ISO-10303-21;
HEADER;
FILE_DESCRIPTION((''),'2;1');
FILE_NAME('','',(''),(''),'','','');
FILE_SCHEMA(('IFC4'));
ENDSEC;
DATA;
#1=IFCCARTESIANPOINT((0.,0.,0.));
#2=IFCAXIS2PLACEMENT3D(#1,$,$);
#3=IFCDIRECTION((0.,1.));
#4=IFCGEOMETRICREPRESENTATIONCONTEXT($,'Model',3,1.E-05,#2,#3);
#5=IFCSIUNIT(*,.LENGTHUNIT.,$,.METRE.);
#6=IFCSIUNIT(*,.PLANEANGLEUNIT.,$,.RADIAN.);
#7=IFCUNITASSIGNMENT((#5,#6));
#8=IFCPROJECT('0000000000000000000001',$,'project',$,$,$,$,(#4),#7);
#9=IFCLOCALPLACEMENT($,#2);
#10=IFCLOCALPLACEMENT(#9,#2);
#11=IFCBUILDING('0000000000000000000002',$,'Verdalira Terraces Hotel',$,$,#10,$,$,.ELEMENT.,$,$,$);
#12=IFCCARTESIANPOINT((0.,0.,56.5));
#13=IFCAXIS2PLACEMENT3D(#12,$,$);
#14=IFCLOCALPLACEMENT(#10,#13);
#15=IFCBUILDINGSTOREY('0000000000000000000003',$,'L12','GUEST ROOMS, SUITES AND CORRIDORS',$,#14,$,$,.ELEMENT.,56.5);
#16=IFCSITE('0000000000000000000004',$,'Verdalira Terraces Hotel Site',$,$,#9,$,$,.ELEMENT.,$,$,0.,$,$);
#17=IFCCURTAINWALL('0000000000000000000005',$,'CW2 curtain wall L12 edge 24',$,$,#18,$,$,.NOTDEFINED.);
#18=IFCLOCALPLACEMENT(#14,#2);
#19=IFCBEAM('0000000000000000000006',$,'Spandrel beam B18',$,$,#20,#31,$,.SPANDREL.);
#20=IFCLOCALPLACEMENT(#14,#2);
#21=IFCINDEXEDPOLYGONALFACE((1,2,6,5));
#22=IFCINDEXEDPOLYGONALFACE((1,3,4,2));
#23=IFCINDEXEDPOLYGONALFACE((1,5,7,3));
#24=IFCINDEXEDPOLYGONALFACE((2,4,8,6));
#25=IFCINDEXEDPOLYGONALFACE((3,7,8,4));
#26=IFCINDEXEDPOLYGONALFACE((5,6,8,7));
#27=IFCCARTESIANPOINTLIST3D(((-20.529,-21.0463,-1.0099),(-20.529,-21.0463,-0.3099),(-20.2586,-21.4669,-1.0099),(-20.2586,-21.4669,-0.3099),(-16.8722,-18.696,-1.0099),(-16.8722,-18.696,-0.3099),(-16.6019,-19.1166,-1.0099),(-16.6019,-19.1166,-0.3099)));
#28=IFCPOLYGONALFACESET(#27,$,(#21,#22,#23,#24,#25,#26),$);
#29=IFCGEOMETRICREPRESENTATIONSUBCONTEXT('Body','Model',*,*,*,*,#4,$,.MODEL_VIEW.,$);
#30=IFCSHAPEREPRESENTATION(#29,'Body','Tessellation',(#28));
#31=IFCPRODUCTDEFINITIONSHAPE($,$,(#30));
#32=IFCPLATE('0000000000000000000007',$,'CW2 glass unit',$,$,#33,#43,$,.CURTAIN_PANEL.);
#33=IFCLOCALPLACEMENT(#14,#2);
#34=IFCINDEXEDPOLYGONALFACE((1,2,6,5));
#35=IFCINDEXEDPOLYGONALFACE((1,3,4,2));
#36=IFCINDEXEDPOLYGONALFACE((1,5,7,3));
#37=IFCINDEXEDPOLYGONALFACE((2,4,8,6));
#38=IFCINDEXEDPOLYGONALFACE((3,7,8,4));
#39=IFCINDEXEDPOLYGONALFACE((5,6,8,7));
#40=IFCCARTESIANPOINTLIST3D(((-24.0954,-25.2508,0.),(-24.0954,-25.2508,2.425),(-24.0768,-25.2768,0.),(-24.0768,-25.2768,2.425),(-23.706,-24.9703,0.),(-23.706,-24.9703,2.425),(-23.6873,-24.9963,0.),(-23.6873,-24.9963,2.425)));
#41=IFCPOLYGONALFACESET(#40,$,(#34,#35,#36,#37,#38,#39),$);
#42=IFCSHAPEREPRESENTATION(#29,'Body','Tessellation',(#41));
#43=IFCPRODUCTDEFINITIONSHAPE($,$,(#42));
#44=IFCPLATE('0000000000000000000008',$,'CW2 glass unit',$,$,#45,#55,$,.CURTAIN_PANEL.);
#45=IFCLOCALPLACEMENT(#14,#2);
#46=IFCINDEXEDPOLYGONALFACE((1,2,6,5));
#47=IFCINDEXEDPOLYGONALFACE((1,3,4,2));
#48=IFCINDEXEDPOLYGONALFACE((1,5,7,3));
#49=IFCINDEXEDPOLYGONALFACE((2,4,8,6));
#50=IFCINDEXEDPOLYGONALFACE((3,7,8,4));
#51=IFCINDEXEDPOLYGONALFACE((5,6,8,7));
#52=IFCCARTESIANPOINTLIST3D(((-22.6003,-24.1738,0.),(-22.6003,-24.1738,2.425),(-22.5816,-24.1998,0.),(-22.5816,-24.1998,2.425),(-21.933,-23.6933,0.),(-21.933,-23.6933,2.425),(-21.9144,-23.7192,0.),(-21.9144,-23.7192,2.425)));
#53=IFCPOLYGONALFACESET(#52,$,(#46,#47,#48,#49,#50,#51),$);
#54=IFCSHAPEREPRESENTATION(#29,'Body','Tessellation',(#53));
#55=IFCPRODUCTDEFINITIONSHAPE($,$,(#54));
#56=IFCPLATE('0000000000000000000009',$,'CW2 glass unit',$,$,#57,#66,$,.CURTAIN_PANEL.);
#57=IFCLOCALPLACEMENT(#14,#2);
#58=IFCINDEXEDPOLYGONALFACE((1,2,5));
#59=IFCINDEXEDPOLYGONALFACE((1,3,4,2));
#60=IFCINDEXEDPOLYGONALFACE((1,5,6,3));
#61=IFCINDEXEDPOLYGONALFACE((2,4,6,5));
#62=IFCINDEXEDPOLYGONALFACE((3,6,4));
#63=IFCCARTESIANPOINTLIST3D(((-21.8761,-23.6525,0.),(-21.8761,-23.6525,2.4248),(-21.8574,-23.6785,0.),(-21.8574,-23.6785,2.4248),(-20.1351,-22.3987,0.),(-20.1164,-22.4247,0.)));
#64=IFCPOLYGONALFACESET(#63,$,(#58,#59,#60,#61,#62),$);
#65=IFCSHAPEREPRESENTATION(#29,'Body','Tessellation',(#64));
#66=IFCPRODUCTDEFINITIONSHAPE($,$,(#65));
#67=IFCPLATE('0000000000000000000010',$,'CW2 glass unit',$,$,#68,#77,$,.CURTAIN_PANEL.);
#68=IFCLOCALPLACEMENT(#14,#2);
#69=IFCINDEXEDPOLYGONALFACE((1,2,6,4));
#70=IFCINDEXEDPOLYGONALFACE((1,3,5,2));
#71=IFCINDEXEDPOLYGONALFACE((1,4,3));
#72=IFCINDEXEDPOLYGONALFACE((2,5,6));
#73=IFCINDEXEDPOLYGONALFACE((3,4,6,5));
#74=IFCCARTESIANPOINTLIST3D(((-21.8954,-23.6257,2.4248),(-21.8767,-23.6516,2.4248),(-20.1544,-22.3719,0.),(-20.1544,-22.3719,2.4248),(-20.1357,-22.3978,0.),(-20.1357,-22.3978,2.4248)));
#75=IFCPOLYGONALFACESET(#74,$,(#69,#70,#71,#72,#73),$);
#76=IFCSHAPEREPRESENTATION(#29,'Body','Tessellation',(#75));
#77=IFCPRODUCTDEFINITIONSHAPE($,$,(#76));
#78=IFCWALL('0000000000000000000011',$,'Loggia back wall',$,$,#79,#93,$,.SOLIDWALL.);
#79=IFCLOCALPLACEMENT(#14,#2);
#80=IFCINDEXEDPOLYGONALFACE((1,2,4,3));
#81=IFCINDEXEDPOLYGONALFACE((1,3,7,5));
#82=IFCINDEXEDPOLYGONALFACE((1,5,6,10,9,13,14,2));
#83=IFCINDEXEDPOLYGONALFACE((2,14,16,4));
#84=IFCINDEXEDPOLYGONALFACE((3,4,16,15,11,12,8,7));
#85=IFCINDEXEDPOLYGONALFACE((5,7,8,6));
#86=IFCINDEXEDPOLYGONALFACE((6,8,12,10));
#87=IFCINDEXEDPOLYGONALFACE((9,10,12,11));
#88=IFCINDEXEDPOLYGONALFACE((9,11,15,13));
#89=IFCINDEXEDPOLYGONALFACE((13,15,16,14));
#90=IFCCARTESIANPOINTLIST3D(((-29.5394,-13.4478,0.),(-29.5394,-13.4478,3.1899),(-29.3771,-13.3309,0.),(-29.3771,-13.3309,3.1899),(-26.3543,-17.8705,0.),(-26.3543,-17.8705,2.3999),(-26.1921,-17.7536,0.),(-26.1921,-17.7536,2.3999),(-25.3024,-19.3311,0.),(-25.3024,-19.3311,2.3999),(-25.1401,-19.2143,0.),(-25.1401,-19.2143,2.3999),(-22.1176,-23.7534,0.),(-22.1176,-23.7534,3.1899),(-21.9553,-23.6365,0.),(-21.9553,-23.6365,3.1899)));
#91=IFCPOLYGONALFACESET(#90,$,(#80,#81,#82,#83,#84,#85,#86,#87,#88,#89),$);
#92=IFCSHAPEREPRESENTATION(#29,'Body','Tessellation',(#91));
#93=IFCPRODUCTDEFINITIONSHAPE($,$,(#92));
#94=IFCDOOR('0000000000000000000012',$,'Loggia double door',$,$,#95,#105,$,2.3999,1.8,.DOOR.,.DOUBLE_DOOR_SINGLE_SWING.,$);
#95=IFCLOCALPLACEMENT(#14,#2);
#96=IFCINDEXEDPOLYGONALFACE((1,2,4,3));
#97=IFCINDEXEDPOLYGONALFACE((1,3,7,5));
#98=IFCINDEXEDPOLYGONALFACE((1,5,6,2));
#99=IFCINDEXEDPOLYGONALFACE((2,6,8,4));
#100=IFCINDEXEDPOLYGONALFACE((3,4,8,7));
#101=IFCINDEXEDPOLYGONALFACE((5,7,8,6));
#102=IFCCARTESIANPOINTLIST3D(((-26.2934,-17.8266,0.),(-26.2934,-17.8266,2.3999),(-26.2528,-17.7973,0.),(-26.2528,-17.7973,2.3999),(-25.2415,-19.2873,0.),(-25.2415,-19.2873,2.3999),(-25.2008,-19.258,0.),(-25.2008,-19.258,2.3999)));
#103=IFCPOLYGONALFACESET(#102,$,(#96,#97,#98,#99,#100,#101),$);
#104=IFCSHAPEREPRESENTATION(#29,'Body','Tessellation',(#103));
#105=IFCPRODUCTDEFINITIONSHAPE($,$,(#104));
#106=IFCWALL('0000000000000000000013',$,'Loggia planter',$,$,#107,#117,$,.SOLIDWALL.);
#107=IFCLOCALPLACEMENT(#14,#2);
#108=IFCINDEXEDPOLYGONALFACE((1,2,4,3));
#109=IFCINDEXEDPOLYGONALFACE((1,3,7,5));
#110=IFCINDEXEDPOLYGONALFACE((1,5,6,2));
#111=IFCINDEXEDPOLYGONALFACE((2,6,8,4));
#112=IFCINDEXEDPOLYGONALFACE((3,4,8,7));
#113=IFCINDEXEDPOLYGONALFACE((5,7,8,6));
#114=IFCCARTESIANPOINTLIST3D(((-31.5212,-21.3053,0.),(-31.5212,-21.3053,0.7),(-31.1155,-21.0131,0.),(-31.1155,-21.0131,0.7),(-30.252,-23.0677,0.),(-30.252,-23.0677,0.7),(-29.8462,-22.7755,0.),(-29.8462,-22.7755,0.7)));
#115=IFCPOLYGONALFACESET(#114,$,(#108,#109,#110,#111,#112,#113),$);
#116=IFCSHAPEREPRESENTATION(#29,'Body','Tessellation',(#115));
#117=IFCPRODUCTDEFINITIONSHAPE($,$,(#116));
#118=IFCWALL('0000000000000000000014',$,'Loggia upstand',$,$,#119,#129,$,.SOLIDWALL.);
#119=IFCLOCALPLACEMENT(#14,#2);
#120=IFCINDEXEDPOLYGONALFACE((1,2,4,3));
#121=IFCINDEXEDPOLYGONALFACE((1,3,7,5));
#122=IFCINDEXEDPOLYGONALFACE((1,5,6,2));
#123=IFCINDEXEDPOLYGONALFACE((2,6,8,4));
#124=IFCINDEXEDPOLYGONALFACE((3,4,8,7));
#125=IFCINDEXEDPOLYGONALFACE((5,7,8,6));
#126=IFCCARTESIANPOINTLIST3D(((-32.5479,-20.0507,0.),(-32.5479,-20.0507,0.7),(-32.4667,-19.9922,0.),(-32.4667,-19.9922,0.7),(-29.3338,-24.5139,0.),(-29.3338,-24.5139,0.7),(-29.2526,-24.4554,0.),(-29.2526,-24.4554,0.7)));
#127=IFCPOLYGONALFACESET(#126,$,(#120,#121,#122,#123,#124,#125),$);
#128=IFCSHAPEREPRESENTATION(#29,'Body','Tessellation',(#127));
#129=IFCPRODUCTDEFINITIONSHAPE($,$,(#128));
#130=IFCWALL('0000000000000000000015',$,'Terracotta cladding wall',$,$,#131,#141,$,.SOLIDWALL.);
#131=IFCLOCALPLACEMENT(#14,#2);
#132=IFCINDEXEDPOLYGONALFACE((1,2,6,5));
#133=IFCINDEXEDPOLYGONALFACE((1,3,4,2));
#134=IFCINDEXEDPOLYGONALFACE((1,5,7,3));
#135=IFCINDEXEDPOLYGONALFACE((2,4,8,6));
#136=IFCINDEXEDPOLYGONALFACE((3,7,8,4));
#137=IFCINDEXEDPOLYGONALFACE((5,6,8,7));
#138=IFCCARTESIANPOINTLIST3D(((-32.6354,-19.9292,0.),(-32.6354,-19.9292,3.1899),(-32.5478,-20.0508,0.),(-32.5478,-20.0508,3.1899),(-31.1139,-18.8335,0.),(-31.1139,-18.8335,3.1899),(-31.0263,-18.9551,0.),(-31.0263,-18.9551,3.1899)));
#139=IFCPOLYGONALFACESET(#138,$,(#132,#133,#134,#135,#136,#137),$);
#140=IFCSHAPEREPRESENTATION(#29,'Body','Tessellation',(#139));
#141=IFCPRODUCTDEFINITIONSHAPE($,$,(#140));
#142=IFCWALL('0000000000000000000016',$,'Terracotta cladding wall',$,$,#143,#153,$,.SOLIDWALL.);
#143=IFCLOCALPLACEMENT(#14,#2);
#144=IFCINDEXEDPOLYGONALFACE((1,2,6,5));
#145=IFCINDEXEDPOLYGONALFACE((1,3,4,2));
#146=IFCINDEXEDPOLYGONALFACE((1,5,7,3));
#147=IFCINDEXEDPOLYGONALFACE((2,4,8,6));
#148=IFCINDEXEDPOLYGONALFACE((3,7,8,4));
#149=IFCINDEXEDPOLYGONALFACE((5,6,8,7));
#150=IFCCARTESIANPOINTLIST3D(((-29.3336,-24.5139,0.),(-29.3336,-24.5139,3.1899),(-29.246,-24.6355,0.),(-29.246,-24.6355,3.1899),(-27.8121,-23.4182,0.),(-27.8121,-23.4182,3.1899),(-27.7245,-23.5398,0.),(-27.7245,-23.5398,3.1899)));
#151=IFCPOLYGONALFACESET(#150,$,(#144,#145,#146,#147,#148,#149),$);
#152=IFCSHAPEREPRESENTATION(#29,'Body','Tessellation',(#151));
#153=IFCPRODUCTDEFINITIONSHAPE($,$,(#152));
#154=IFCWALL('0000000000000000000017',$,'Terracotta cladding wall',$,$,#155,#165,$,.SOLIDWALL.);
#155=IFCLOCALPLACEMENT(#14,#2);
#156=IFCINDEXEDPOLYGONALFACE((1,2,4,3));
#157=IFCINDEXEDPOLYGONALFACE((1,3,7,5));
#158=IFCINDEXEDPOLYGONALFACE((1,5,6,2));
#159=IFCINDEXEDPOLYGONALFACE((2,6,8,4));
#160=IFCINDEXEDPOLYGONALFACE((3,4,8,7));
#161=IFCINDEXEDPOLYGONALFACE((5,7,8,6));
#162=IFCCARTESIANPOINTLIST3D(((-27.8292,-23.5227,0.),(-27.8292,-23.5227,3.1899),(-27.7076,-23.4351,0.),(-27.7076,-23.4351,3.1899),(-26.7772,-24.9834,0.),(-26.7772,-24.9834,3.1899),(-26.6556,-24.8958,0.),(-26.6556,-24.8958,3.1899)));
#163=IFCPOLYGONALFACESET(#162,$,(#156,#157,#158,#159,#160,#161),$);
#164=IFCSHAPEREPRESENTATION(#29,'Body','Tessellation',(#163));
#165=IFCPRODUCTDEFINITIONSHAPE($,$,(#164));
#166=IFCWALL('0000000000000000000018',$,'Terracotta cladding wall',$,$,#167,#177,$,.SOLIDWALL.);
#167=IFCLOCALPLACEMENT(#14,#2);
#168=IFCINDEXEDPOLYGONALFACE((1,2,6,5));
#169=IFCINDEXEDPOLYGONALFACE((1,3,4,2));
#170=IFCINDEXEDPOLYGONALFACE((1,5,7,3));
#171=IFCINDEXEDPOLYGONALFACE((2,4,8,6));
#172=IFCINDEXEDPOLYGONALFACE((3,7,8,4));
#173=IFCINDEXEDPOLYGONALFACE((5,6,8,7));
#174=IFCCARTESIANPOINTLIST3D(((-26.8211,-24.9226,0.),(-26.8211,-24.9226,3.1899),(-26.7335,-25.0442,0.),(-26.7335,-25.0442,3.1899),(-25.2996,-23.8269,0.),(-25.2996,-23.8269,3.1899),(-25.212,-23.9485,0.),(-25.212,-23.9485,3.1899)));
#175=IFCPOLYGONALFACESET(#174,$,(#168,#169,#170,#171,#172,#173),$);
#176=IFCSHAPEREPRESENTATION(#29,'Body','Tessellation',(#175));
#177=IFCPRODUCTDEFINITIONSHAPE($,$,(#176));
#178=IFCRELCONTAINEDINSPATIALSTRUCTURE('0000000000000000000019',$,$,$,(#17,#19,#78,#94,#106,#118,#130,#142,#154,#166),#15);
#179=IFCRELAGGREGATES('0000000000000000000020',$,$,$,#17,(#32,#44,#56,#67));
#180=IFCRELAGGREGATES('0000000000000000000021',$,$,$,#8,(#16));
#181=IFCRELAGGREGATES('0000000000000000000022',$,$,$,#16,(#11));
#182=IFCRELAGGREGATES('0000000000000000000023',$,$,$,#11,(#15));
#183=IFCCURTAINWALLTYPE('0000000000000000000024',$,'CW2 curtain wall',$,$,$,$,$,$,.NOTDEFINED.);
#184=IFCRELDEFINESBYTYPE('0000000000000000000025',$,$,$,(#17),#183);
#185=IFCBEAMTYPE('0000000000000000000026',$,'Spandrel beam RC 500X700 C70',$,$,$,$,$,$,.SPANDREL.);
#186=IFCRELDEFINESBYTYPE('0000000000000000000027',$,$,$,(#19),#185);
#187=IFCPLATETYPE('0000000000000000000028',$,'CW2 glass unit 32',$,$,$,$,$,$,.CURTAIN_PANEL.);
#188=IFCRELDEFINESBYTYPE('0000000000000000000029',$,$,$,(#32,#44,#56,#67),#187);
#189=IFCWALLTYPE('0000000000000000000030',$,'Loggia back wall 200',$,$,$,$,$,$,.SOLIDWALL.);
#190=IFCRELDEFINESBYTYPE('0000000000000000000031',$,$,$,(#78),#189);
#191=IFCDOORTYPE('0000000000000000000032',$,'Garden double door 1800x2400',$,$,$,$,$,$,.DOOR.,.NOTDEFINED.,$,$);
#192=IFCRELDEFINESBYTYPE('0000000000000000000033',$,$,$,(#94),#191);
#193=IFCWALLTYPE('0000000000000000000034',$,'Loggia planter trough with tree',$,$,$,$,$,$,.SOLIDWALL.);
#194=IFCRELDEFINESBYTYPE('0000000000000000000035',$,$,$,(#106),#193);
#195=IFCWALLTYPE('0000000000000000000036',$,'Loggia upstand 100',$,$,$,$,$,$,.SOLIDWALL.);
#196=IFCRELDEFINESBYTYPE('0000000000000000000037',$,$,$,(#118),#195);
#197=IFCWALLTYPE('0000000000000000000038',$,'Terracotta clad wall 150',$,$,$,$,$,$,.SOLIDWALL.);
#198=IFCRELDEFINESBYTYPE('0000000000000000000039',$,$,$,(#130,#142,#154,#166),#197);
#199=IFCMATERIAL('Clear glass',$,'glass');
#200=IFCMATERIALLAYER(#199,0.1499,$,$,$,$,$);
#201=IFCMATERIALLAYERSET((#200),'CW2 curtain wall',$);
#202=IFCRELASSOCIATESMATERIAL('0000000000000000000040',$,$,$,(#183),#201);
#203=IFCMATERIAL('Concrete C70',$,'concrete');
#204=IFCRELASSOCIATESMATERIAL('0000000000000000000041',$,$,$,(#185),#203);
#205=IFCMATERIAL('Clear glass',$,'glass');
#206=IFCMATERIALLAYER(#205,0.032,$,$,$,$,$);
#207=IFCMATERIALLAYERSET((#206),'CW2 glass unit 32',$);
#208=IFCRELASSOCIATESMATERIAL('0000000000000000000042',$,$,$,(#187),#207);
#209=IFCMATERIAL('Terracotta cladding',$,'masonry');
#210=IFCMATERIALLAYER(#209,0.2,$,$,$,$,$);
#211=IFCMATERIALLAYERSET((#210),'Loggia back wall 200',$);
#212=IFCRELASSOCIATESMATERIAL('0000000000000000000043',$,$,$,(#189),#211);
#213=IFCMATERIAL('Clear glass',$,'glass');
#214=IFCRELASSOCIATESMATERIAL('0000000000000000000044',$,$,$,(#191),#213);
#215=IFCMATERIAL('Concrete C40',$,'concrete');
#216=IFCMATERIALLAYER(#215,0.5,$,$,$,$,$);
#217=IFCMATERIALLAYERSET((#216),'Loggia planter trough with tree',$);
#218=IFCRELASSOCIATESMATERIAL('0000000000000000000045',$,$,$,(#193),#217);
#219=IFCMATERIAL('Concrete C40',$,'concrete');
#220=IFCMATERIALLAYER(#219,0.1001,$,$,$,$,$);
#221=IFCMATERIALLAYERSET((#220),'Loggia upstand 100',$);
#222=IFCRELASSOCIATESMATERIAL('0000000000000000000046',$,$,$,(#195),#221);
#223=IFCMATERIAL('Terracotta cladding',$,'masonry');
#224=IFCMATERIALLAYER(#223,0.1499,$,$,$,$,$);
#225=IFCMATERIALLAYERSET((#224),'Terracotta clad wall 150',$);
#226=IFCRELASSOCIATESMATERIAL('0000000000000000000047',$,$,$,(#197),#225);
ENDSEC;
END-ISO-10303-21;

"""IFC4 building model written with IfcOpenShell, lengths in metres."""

from ifc_helpers import new_model, si_unit, direction, frame, frame_2d, origin, origin_2d, place, context, subcontext, project, spatial, polyline, rectangle, outline, extrude, material, layer, layer_set, material_profile, profile_set, type_object, element, fill, aggregate, save


model = new_model("IFC4")

# Units and contexts
model_context = context("Model", 3, precision=1e-05, world=origin(), true_north=direction((0.0, 1.0)))
body_context = subcontext(model_context, "Body", "Model", "MODEL_VIEW")
ifc_project = project(units=[si_unit("LENGTHUNIT", "METRE"), si_unit("PLANEANGLEUNIT", "RADIAN")], contexts=[model_context])

# Site, building, storey
site_placement = place(None, origin())
site = spatial("IfcSite", under=ifc_project, at=site_placement, Name="Verdalira Terraces Hotel Site", CompositionType="ELEMENT", RefElevation=0.0)
building_placement = place(site_placement, origin())
building = spatial("IfcBuilding", under=site, at=building_placement, Name="Verdalira Terraces Hotel", CompositionType="ELEMENT")
storey_placement = place(building_placement, frame((0.0, 0.0, 56.5)))
storey = spatial("IfcBuildingStorey", under=building, at=storey_placement, Name="L12", Description="GUEST ROOMS, SUITES AND CORRIDORS", CompositionType="ELEMENT", Elevation=56.5)

# Curtain wall
ifc_material_1 = material(Name="Clear glass", Category="glass")
ifc_layer_1 = layer(ifc_material_1, 0.1499)
ifc_layer_set_1 = layer_set([ifc_layer_1], Name="CW2 curtain wall")
curtain_wall_type = type_object("IfcCurtainWallType", Name="CW2 curtain wall", PredefinedType="NOTDEFINED", material=ifc_layer_set_1)
curtain_wall_placement = place(storey_placement, origin())
curtain_wall = element("IfcCurtainWall", 1, at=curtain_wall_placement, inside=storey, type_object=curtain_wall_type, Name="CW2 curtain wall L12 edge 24", PredefinedType="NOTDEFINED")

# Beam
ifc_material_2 = material(Name="Concrete C70", Category="concrete")
ifc_material_profile_1 = material_profile(ifc_material_2, rectangle(XDim=0.5, YDim=0.7, at=origin_2d()), Name="RC 500X700")
ifc_profile_set_1 = profile_set([ifc_material_profile_1], Name="Concrete C70")
beam_type = type_object("IfcBeamType", Name="Spandrel beam RC 500X700 C70", PredefinedType="SPANDREL", material=ifc_profile_set_1)
beam_1_placement = place(storey_placement, frame((-20.3938, -21.2566, -0.6599), z_axis=(0.841222, 0.540689, 0.0), x_axis=(-0.540689, 0.841222, 0.0)))
element("IfcBeam", 2, at=beam_1_placement, inside=storey, type_object=beam_type, Name="Spandrel beam B18", PredefinedType="SPANDREL", context=body_context, shape_type="SweptSolid", body=[
    extrude(rectangle(XDim=0.5, YDim=0.7, at=origin_2d()), origin(), (0.0, 0.0, 1.0), 4.3469),
])

# Plates
ifc_material_3 = material(Name="Clear glass", Category="glass")
ifc_layer_2 = layer(ifc_material_3, 0.032)
ifc_layer_set_2 = layer_set([ifc_layer_2], Name="CW2 glass unit 32")
plate_type = type_object("IfcPlateType", Name="CW2 glass unit 32", PredefinedType="CURTAIN_PANEL", material=ifc_layer_set_2)
plate_1_placement = place(storey_placement, frame((-23.8914, -25.1235, 0.0), z_axis=(0.0, 0.0, 1.0), x_axis=(0.811472, 0.584391, 0.0)))
plate_1 = element("IfcPlate", 3, at=plate_1_placement, type_object=plate_type, Name="CW2 glass unit", PredefinedType="CURTAIN_PANEL", context=body_context, shape_type="SweptSolid", body=[
    extrude(rectangle(XDim=0.48, YDim=0.032, at=origin_2d()), origin(), (0.0, 0.0, 1.0), 2.425),
])
plate_2_placement = place(storey_placement, frame((-22.2573, -23.9465, 0.0), z_axis=(0.0, 0.0, 1.0), x_axis=(0.811472, 0.584391, 0.0)))
plate_2 = element("IfcPlate", 4, at=plate_2_placement, type_object=plate_type, Name="CW2 glass unit", PredefinedType="CURTAIN_PANEL", context=body_context, shape_type="SweptSolid", body=[
    extrude(rectangle(XDim=0.8223, YDim=0.032, at=origin_2d()), origin(), (0.0, 0.0, 1.0), 2.425),
])
plate_3_placement = place(storey_placement, frame((-21.0056, -23.0256, 1.2124), z_axis=(0.584391, -0.811472, 0.0), x_axis=(0.811472, 0.584391, 0.0)))
plate_3 = element("IfcPlate", 5, at=plate_3_placement, type_object=plate_type, Name="CW2 glass unit", PredefinedType="CURTAIN_PANEL", context=body_context, shape_type="SweptSolid", body=[
    extrude(outline(polyline([(-1.0728, -1.2124), (1.0728, -1.2124), (-1.0728, 1.2124), (-1.0728, -1.2124)])), origin(), (0.0, 0.0, 1.0), 0.032),
])
plate_4_placement = place(storey_placement, frame((-21.0249, -22.9988, 1.2124), z_axis=(0.584391, -0.811472, 0.0), x_axis=(0.811472, 0.584391, 0.0)))
plate_4 = element("IfcPlate", 6, at=plate_4_placement, type_object=plate_type, Name="CW2 glass unit", PredefinedType="CURTAIN_PANEL", context=body_context, shape_type="SweptSolid", body=[
    extrude(outline(polyline([(1.0728, -1.2124), (1.0728, 1.2124), (-1.0728, 1.2124), (1.0728, -1.2124)])), origin(), (0.0, 0.0, 1.0), 0.032),
])
aggregate(curtain_wall, [plate_1, plate_2, plate_3, plate_4])

# Wall, opening, door
ifc_material_4 = material(Name="Terracotta cladding", Category="masonry")
ifc_layer_3 = layer(ifc_material_4, 0.2)
ifc_layer_set_3 = layer_set([ifc_layer_3], Name="Loggia back wall 200")
wall_type_1 = type_object("IfcWallType", Name="Loggia back wall 200", PredefinedType="SOLIDWALL", material=ifc_layer_set_3)
wall_1_placement = place(storey_placement, frame((-22.0364, -23.6951, 0.0), z_axis=(0.0, 0.0, 1.0), x_axis=(-0.584398, 0.811467, 0.0)))
wall_1 = element("IfcWall", 7, at=wall_1_placement, inside=storey, type_object=wall_type_1, Name="Loggia back wall", PredefinedType="SOLIDWALL", context=body_context, shape_type="SweptSolid", body=[
    extrude(rectangle(XDim=12.7, YDim=0.2, at=frame_2d((6.3501, 0.0))), origin(), (0.0, 0.0, 1.0), 3.1899),
])
opening_placement = place(wall_1_placement, frame((5.45, 0.0, 0.0)))
opening = element("IfcOpeningElement", 8, at=opening_placement, cuts=wall_1, PredefinedType="OPENING", context=body_context, shape_type="SweptSolid", body=[
    extrude(rectangle(XDim=1.8, YDim=2.3999, at=frame_2d((0.8999, 1.2))), frame((0.0, 0.1099, 0.0), z_axis=(0.0, -1.0, 0.0), x_axis=(1.0, 0.0, 0.0)), (0.0, 0.0, 1.0), 0.22),
])
ifc_material_5 = material(Name="Clear glass", Category="glass")
door_type = type_object("IfcDoorType", Name="Garden double door 1800x2400", OperationType="NOTDEFINED", PredefinedType="DOOR", material=ifc_material_5)
door_placement = place(opening_placement, origin())
door = element("IfcDoor", 9, at=door_placement, inside=storey, type_object=door_type, Name="Loggia double door", OperationType="DOUBLE_DOOR_SINGLE_SWING", OverallHeight=2.3999, OverallWidth=1.8, PredefinedType="DOOR", context=body_context, shape_type="SweptSolid", body=[
    extrude(rectangle(XDim=1.8, YDim=2.3999, at=frame_2d((0.8999, 1.2))), frame((0.0, 0.0249, 0.0), z_axis=(0.0, -1.0, 0.0), x_axis=(1.0, 0.0, 0.0)), (0.0, 0.0, 1.0), 0.05),
])
fill(opening, door)

# Walls
ifc_material_6 = material(Name="Concrete C40", Category="concrete")
ifc_layer_4 = layer(ifc_material_6, 0.5)
ifc_layer_set_4 = layer_set([ifc_layer_4], Name="Loggia planter trough with tree")
wall_type_2 = type_object("IfcWallType", Name="Loggia planter trough with tree", PredefinedType="SOLIDWALL", material=ifc_layer_set_4)
wall_2_placement = place(storey_placement, frame((-31.3184, -21.1592, 0.0), z_axis=(0.0, 0.0, 1.0), x_axis=(0.584402, -0.811464, 0.0)))
element("IfcWall", 10, at=wall_2_placement, inside=storey, type_object=wall_type_2, Name="Loggia planter", PredefinedType="SOLIDWALL", context=body_context, shape_type="SweptSolid", body=[
    extrude(rectangle(XDim=2.1719, YDim=0.5, at=frame_2d((1.0859, 0.0))), origin(), (0.0, 0.0, 1.0), 0.7),
])
ifc_material_7 = material(Name="Concrete C40", Category="concrete")
ifc_layer_5 = layer(ifc_material_7, 0.1001)
ifc_layer_set_5 = layer_set([ifc_layer_5], Name="Loggia upstand 100")
wall_type_3 = type_object("IfcWallType", Name="Loggia upstand 100", PredefinedType="SOLIDWALL", material=ifc_layer_set_5)
wall_3_placement = place(storey_placement, frame((-32.5073, -20.0215, 0.0), z_axis=(0.0, 0.0, 1.0), x_axis=(0.584383, -0.811478, 0.0)))
element("IfcWall", 11, at=wall_3_placement, inside=storey, type_object=wall_type_3, Name="Loggia upstand", PredefinedType="SOLIDWALL", context=body_context, shape_type="SweptSolid", body=[
    extrude(rectangle(XDim=5.5, YDim=0.1001, at=frame_2d((2.75, 0.0))), origin(), (0.0, 0.0, 1.0), 0.7),
])
ifc_material_8 = material(Name="Terracotta cladding", Category="masonry")
ifc_layer_6 = layer(ifc_material_8, 0.1499)
ifc_layer_set_6 = layer_set([ifc_layer_6], Name="Terracotta clad wall 150")
wall_type_4 = type_object("IfcWallType", Name="Terracotta clad wall 150", PredefinedType="SOLIDWALL", material=ifc_layer_set_6)
for number, where, z_axis, x_axis, name in (
    (12, (-31.0701, -18.8943, 0.0), (0.0, 0.0, 1.0), (-0.811475, -0.584387, 0.0), "Terracotta cladding wall"),
    (13, (-29.2898, -24.5747, 0.0), (0.0, 0.0, 1.0), (0.811475, 0.584387, 0.0), "Terracotta cladding wall"),
):
    element("IfcWall", number, at=place(storey_placement, frame(where, z_axis=z_axis, x_axis=x_axis)), inside=storey, type_object=wall_type_4, Name=name, PredefinedType="SOLIDWALL", context=body_context, shape_type="SweptSolid", body=[
        extrude(rectangle(XDim=1.875, YDim=0.1499, at=frame_2d((0.9375, 0.0))), origin(), (0.0, 0.0, 1.0), 3.1899),
    ])
wall_4_placement = place(storey_placement, frame((-27.7683, -23.479, 0.0), z_axis=(0.0, 0.0, 1.0), x_axis=(0.584415, -0.811455, 0.0)))
element("IfcWall", 14, at=wall_4_placement, inside=storey, type_object=wall_type_4, Name="Terracotta cladding wall", PredefinedType="SOLIDWALL", context=body_context, shape_type="SweptSolid", body=[
    extrude(rectangle(XDim=1.8, YDim=0.1499, at=frame_2d((0.8999, 0.0))), origin(), (0.0, 0.0, 1.0), 3.1899),
])
for number, where, z_axis, x_axis, name in (
    (15, (-26.7773, -24.9834, 0.0), (0.0, 0.0, 1.0), (0.811475, 0.584387, 0.0), "Terracotta cladding wall"),
):
    element("IfcWall", number, at=place(storey_placement, frame(where, z_axis=z_axis, x_axis=x_axis)), inside=storey, type_object=wall_type_4, Name=name, PredefinedType="SOLIDWALL", context=body_context, shape_type="SweptSolid", body=[
        extrude(rectangle(XDim=1.875, YDim=0.1499, at=frame_2d((0.9375, 0.0))), origin(), (0.0, 0.0, 1.0), 3.1899),
    ])

save(model, "model.ifc")
